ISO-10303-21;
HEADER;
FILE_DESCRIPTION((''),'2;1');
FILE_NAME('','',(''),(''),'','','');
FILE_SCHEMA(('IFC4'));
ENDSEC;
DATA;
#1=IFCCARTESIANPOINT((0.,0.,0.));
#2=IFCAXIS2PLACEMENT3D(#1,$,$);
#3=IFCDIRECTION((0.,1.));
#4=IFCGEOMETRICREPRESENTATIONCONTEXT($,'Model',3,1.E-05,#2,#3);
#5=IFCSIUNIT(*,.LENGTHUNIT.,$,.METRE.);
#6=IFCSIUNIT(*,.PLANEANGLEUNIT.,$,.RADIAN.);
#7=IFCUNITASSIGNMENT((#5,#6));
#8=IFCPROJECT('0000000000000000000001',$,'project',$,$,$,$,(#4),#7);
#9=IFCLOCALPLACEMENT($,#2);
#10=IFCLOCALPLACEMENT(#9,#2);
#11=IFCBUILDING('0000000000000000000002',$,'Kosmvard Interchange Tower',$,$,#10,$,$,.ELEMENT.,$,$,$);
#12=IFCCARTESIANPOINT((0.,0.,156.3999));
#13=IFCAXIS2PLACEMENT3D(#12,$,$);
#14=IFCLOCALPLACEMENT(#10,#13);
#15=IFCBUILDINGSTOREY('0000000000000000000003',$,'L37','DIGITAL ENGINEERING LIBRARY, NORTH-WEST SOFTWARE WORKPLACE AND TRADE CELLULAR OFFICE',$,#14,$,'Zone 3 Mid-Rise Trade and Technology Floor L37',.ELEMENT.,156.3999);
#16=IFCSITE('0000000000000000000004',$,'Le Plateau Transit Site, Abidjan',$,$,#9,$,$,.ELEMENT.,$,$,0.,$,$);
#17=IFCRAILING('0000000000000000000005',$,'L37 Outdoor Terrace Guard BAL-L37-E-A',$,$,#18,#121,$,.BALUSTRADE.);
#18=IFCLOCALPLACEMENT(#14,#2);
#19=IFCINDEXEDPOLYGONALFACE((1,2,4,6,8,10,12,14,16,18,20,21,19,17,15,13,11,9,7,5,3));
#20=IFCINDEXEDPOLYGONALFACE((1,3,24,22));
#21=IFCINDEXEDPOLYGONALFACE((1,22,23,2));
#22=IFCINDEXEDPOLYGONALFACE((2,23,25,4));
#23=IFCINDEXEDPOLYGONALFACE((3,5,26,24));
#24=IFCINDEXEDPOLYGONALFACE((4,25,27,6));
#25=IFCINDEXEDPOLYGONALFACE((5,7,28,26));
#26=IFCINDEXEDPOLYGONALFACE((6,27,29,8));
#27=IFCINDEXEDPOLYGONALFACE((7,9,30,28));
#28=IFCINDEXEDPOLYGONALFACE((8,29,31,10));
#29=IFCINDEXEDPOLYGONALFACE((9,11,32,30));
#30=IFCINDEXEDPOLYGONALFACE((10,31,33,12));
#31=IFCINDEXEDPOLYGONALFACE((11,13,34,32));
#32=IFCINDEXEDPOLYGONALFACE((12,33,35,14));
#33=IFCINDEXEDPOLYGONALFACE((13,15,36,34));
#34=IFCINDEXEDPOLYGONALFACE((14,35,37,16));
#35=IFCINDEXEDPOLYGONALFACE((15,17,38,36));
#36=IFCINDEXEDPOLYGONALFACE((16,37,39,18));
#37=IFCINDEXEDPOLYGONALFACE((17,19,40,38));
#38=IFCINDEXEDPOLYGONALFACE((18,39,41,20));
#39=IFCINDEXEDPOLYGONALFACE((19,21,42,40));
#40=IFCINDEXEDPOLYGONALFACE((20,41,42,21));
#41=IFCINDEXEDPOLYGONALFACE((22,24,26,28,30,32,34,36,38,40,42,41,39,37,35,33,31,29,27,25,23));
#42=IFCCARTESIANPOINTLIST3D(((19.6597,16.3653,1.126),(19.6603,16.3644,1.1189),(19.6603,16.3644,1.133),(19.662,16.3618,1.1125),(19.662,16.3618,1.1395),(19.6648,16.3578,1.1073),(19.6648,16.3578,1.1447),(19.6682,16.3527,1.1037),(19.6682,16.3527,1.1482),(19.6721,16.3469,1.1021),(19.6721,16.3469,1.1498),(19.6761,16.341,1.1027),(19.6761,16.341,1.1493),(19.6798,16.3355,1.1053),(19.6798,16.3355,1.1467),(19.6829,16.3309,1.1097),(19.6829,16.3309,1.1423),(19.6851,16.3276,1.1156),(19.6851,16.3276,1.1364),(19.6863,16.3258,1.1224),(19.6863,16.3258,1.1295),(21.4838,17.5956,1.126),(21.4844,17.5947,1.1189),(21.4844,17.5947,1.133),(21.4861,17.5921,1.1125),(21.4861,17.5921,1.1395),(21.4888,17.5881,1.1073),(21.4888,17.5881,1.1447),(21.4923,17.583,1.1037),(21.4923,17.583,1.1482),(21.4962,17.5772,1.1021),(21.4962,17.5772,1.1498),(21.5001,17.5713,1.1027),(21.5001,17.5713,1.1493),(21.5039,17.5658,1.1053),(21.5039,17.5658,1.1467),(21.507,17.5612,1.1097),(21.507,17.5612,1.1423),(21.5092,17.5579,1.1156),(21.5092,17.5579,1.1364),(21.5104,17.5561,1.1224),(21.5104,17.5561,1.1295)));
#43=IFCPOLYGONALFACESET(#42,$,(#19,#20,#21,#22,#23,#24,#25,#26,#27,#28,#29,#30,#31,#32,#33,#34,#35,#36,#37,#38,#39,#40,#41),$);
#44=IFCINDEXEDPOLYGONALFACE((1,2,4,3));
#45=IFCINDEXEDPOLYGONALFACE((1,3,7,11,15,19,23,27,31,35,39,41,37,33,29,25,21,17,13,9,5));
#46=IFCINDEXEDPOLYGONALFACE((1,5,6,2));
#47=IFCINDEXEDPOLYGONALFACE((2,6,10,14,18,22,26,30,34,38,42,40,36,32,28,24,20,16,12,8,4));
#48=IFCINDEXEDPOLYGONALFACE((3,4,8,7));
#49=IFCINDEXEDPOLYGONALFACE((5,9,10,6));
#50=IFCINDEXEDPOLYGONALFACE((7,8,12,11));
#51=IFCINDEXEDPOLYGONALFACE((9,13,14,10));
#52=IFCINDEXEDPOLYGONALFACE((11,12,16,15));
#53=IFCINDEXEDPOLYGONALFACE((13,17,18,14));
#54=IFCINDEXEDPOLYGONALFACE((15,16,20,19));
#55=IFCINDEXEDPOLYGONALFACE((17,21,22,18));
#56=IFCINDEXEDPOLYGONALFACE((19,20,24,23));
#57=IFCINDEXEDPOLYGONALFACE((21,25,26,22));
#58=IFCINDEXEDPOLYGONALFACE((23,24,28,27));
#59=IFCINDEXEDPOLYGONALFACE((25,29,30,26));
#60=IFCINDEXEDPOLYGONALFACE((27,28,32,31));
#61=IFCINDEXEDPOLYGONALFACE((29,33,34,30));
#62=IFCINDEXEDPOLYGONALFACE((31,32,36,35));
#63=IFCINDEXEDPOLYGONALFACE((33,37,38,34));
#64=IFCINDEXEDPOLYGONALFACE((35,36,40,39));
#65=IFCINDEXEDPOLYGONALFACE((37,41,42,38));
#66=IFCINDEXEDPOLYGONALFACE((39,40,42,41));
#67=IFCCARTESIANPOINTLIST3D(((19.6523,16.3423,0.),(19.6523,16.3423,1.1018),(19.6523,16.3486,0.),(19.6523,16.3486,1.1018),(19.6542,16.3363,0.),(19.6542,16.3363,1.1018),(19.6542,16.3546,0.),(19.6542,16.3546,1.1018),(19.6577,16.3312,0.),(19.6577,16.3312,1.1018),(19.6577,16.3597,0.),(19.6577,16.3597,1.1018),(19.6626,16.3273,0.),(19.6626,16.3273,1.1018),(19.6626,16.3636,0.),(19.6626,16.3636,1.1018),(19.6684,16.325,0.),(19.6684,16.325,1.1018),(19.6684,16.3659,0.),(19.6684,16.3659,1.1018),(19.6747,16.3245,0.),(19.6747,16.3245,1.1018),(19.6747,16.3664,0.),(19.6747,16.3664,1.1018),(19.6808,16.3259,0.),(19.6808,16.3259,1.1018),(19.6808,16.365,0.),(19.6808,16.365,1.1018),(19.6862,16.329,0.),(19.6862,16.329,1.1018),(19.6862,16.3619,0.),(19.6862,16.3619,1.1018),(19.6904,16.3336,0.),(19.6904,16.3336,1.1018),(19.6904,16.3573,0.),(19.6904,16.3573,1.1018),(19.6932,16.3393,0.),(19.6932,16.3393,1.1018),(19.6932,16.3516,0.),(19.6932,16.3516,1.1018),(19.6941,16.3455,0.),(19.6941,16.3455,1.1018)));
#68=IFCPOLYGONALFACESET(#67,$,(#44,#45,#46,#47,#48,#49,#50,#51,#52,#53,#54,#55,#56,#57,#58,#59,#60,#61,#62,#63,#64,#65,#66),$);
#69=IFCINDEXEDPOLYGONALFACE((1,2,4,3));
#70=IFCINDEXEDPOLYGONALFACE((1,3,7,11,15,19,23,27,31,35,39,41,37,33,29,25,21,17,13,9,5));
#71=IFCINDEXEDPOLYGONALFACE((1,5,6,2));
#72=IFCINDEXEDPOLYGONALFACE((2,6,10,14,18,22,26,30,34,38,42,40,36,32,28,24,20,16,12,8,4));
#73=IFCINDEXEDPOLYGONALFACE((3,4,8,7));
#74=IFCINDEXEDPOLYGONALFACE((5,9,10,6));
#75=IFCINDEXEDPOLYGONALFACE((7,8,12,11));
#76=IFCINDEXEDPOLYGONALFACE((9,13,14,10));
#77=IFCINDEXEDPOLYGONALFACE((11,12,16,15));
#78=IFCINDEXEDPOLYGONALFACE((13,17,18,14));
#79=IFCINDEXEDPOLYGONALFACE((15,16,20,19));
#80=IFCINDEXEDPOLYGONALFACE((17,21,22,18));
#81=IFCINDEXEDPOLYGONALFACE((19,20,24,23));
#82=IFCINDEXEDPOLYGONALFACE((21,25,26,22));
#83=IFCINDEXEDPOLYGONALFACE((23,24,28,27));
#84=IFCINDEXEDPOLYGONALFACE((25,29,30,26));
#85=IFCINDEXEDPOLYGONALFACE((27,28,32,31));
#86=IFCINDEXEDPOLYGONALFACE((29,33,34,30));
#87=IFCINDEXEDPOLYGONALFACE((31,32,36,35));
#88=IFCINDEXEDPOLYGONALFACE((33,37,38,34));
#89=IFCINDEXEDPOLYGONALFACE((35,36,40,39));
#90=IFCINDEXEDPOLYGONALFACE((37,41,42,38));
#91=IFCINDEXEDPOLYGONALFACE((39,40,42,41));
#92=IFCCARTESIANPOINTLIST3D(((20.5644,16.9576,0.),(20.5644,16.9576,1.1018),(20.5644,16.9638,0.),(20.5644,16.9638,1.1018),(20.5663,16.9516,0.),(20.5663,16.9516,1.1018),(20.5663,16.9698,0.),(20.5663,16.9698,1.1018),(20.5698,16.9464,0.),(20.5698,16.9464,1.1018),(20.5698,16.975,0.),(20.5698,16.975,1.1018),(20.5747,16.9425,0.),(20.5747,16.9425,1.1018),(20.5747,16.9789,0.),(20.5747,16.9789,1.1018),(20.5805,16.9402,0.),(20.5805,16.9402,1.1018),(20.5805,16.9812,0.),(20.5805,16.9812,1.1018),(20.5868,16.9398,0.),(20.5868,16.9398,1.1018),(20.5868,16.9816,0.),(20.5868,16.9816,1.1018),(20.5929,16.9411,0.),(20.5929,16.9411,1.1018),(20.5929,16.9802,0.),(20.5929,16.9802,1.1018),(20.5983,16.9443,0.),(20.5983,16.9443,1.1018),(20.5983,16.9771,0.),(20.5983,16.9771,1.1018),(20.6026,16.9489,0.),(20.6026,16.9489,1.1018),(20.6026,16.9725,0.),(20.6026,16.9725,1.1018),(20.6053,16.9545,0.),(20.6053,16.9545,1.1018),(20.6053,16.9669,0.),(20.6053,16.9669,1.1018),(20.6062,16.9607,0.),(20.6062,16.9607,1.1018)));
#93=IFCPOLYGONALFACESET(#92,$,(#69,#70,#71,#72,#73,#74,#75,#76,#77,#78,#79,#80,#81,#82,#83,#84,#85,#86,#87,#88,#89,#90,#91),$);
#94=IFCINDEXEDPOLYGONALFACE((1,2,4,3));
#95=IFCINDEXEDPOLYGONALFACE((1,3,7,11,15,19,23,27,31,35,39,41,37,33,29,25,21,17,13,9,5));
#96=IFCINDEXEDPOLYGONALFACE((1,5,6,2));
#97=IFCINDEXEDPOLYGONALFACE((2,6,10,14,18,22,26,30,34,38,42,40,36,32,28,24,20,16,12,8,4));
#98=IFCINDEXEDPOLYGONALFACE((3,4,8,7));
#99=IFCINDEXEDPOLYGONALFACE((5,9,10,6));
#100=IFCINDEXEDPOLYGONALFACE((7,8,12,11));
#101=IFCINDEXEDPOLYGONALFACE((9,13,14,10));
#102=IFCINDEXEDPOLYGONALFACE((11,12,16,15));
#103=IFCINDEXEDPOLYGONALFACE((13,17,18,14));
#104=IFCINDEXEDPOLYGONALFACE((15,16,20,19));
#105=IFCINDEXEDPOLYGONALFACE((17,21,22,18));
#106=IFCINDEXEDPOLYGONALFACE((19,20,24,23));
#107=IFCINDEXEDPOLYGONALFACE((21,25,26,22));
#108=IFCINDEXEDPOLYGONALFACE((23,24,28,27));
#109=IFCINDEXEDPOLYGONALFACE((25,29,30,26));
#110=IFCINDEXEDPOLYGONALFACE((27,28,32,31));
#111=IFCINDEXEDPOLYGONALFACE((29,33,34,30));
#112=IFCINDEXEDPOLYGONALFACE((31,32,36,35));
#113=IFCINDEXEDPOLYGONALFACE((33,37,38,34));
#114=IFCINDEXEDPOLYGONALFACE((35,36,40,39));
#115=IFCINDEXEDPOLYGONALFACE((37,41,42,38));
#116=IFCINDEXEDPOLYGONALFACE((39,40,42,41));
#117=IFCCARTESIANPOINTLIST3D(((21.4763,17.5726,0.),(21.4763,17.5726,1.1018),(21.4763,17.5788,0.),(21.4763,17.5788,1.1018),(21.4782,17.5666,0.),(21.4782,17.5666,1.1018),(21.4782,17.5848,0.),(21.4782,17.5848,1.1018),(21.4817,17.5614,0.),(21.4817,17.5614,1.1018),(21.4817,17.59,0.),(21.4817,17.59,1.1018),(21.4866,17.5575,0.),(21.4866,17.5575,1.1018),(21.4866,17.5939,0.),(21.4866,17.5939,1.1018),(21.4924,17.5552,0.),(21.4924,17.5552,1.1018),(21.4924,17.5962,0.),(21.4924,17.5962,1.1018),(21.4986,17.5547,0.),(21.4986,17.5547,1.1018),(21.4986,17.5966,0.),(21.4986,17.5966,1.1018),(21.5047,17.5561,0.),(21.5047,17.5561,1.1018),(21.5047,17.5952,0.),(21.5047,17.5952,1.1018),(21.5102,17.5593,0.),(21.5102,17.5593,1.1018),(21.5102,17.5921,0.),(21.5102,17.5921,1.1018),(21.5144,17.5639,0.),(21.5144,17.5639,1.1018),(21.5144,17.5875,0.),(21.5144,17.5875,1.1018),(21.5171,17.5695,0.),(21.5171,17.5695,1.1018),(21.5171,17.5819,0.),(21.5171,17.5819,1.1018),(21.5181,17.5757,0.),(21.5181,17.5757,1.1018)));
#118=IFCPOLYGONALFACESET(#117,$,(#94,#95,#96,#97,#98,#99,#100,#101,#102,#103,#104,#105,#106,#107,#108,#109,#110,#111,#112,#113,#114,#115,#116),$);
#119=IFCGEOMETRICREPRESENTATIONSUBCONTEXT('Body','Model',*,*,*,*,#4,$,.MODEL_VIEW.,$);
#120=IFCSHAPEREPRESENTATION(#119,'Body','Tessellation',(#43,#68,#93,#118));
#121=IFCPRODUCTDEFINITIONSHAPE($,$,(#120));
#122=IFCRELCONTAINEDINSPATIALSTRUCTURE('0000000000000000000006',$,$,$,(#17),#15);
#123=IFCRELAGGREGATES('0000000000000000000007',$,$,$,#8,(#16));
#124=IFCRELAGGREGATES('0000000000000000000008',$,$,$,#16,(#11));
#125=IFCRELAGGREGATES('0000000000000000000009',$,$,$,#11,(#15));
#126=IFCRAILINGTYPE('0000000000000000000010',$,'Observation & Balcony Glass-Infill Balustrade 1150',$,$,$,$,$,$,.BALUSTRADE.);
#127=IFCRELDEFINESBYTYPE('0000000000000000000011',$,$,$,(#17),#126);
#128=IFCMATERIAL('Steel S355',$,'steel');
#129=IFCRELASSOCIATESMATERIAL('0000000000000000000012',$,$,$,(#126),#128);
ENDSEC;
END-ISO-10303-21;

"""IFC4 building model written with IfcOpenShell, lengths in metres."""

from ifc_helpers import new_model, si_unit, direction, frame, origin, origin_2d, place, context, subcontext, project, spatial, circle, extrude, source, transform, mapped, material, type_object, element, save


model = new_model("IFC4")

# Units and contexts
model_context = context("Model", 3, precision=1e-05, world=origin(), true_north=direction((0.0, 1.0)))
body_context = subcontext(model_context, "Body", "Model", "MODEL_VIEW")
ifc_project = project(units=[si_unit("LENGTHUNIT", "METRE"), si_unit("PLANEANGLEUNIT", "RADIAN")], contexts=[model_context])

# Site, building, storey
site_placement = place(None, origin())
site = spatial("IfcSite", under=ifc_project, at=site_placement, Name="Le Plateau Transit Site, Abidjan", CompositionType="ELEMENT", RefElevation=0.0)
building_placement = place(site_placement, origin())
building = spatial("IfcBuilding", under=site, at=building_placement, Name="Kosmvard Interchange Tower", CompositionType="ELEMENT")
storey_placement = place(building_placement, frame((0.0, 0.0, 156.3999)))
storey = spatial("IfcBuildingStorey", under=building, at=storey_placement, Name="L37", Description="DIGITAL ENGINEERING LIBRARY, NORTH-WEST SOFTWARE WORKPLACE AND TRADE CELLULAR OFFICE", LongName="Zone 3 Mid-Rise Trade and Technology Floor L37", CompositionType="ELEMENT", Elevation=156.3999)

# Shared definitions
ifc_material_1 = material(Name="Steel S355", Category="steel")

# Railing
railing_type_1 = type_object("IfcRailingType", Name="Observation & Balcony Glass-Infill Balustrade 1150", PredefinedType="BALUSTRADE", material=ifc_material_1)
shared_shape_1 = source(origin(), body_context, "Body", "SweptSolid", [
    extrude(circle(Radius=0.0239, at=origin_2d()), frame((0.0, 0.0, 1.126), z_axis=(0.829051, 0.559174, 0.0), x_axis=(-0.559174, 0.829051, 0.0)), (0.0, 0.0, 1.0), 2.2002),
    extrude(circle(Radius=0.021, at=origin_2d()), origin(), (0.0, 0.0, 1.0), 1.1018),
    extrude(circle(Radius=0.021, at=origin_2d()), frame((0.9121, 0.6152, 0.0)), (0.0, 0.0, 1.0), 1.1018),
    extrude(circle(Radius=0.021, at=origin_2d()), frame((1.824, 1.2302, 0.0)), (0.0, 0.0, 1.0), 1.1018),
])
railing_1_placement = place(storey_placement, frame((19.6731, 16.3455, 0.0)))
element("IfcRailing", 1, at=railing_1_placement, inside=storey, type_object=railing_type_1, Name="L37 Outdoor Terrace Guard BAL-L37-E-A", PredefinedType="BALUSTRADE", context=body_context, shape_type="MappedRepresentation", body=[
    mapped(shared_shape_1, transform((0.0, 0.0, 0.0), scale=1.0)),
])

save(model, "model.ifc")
